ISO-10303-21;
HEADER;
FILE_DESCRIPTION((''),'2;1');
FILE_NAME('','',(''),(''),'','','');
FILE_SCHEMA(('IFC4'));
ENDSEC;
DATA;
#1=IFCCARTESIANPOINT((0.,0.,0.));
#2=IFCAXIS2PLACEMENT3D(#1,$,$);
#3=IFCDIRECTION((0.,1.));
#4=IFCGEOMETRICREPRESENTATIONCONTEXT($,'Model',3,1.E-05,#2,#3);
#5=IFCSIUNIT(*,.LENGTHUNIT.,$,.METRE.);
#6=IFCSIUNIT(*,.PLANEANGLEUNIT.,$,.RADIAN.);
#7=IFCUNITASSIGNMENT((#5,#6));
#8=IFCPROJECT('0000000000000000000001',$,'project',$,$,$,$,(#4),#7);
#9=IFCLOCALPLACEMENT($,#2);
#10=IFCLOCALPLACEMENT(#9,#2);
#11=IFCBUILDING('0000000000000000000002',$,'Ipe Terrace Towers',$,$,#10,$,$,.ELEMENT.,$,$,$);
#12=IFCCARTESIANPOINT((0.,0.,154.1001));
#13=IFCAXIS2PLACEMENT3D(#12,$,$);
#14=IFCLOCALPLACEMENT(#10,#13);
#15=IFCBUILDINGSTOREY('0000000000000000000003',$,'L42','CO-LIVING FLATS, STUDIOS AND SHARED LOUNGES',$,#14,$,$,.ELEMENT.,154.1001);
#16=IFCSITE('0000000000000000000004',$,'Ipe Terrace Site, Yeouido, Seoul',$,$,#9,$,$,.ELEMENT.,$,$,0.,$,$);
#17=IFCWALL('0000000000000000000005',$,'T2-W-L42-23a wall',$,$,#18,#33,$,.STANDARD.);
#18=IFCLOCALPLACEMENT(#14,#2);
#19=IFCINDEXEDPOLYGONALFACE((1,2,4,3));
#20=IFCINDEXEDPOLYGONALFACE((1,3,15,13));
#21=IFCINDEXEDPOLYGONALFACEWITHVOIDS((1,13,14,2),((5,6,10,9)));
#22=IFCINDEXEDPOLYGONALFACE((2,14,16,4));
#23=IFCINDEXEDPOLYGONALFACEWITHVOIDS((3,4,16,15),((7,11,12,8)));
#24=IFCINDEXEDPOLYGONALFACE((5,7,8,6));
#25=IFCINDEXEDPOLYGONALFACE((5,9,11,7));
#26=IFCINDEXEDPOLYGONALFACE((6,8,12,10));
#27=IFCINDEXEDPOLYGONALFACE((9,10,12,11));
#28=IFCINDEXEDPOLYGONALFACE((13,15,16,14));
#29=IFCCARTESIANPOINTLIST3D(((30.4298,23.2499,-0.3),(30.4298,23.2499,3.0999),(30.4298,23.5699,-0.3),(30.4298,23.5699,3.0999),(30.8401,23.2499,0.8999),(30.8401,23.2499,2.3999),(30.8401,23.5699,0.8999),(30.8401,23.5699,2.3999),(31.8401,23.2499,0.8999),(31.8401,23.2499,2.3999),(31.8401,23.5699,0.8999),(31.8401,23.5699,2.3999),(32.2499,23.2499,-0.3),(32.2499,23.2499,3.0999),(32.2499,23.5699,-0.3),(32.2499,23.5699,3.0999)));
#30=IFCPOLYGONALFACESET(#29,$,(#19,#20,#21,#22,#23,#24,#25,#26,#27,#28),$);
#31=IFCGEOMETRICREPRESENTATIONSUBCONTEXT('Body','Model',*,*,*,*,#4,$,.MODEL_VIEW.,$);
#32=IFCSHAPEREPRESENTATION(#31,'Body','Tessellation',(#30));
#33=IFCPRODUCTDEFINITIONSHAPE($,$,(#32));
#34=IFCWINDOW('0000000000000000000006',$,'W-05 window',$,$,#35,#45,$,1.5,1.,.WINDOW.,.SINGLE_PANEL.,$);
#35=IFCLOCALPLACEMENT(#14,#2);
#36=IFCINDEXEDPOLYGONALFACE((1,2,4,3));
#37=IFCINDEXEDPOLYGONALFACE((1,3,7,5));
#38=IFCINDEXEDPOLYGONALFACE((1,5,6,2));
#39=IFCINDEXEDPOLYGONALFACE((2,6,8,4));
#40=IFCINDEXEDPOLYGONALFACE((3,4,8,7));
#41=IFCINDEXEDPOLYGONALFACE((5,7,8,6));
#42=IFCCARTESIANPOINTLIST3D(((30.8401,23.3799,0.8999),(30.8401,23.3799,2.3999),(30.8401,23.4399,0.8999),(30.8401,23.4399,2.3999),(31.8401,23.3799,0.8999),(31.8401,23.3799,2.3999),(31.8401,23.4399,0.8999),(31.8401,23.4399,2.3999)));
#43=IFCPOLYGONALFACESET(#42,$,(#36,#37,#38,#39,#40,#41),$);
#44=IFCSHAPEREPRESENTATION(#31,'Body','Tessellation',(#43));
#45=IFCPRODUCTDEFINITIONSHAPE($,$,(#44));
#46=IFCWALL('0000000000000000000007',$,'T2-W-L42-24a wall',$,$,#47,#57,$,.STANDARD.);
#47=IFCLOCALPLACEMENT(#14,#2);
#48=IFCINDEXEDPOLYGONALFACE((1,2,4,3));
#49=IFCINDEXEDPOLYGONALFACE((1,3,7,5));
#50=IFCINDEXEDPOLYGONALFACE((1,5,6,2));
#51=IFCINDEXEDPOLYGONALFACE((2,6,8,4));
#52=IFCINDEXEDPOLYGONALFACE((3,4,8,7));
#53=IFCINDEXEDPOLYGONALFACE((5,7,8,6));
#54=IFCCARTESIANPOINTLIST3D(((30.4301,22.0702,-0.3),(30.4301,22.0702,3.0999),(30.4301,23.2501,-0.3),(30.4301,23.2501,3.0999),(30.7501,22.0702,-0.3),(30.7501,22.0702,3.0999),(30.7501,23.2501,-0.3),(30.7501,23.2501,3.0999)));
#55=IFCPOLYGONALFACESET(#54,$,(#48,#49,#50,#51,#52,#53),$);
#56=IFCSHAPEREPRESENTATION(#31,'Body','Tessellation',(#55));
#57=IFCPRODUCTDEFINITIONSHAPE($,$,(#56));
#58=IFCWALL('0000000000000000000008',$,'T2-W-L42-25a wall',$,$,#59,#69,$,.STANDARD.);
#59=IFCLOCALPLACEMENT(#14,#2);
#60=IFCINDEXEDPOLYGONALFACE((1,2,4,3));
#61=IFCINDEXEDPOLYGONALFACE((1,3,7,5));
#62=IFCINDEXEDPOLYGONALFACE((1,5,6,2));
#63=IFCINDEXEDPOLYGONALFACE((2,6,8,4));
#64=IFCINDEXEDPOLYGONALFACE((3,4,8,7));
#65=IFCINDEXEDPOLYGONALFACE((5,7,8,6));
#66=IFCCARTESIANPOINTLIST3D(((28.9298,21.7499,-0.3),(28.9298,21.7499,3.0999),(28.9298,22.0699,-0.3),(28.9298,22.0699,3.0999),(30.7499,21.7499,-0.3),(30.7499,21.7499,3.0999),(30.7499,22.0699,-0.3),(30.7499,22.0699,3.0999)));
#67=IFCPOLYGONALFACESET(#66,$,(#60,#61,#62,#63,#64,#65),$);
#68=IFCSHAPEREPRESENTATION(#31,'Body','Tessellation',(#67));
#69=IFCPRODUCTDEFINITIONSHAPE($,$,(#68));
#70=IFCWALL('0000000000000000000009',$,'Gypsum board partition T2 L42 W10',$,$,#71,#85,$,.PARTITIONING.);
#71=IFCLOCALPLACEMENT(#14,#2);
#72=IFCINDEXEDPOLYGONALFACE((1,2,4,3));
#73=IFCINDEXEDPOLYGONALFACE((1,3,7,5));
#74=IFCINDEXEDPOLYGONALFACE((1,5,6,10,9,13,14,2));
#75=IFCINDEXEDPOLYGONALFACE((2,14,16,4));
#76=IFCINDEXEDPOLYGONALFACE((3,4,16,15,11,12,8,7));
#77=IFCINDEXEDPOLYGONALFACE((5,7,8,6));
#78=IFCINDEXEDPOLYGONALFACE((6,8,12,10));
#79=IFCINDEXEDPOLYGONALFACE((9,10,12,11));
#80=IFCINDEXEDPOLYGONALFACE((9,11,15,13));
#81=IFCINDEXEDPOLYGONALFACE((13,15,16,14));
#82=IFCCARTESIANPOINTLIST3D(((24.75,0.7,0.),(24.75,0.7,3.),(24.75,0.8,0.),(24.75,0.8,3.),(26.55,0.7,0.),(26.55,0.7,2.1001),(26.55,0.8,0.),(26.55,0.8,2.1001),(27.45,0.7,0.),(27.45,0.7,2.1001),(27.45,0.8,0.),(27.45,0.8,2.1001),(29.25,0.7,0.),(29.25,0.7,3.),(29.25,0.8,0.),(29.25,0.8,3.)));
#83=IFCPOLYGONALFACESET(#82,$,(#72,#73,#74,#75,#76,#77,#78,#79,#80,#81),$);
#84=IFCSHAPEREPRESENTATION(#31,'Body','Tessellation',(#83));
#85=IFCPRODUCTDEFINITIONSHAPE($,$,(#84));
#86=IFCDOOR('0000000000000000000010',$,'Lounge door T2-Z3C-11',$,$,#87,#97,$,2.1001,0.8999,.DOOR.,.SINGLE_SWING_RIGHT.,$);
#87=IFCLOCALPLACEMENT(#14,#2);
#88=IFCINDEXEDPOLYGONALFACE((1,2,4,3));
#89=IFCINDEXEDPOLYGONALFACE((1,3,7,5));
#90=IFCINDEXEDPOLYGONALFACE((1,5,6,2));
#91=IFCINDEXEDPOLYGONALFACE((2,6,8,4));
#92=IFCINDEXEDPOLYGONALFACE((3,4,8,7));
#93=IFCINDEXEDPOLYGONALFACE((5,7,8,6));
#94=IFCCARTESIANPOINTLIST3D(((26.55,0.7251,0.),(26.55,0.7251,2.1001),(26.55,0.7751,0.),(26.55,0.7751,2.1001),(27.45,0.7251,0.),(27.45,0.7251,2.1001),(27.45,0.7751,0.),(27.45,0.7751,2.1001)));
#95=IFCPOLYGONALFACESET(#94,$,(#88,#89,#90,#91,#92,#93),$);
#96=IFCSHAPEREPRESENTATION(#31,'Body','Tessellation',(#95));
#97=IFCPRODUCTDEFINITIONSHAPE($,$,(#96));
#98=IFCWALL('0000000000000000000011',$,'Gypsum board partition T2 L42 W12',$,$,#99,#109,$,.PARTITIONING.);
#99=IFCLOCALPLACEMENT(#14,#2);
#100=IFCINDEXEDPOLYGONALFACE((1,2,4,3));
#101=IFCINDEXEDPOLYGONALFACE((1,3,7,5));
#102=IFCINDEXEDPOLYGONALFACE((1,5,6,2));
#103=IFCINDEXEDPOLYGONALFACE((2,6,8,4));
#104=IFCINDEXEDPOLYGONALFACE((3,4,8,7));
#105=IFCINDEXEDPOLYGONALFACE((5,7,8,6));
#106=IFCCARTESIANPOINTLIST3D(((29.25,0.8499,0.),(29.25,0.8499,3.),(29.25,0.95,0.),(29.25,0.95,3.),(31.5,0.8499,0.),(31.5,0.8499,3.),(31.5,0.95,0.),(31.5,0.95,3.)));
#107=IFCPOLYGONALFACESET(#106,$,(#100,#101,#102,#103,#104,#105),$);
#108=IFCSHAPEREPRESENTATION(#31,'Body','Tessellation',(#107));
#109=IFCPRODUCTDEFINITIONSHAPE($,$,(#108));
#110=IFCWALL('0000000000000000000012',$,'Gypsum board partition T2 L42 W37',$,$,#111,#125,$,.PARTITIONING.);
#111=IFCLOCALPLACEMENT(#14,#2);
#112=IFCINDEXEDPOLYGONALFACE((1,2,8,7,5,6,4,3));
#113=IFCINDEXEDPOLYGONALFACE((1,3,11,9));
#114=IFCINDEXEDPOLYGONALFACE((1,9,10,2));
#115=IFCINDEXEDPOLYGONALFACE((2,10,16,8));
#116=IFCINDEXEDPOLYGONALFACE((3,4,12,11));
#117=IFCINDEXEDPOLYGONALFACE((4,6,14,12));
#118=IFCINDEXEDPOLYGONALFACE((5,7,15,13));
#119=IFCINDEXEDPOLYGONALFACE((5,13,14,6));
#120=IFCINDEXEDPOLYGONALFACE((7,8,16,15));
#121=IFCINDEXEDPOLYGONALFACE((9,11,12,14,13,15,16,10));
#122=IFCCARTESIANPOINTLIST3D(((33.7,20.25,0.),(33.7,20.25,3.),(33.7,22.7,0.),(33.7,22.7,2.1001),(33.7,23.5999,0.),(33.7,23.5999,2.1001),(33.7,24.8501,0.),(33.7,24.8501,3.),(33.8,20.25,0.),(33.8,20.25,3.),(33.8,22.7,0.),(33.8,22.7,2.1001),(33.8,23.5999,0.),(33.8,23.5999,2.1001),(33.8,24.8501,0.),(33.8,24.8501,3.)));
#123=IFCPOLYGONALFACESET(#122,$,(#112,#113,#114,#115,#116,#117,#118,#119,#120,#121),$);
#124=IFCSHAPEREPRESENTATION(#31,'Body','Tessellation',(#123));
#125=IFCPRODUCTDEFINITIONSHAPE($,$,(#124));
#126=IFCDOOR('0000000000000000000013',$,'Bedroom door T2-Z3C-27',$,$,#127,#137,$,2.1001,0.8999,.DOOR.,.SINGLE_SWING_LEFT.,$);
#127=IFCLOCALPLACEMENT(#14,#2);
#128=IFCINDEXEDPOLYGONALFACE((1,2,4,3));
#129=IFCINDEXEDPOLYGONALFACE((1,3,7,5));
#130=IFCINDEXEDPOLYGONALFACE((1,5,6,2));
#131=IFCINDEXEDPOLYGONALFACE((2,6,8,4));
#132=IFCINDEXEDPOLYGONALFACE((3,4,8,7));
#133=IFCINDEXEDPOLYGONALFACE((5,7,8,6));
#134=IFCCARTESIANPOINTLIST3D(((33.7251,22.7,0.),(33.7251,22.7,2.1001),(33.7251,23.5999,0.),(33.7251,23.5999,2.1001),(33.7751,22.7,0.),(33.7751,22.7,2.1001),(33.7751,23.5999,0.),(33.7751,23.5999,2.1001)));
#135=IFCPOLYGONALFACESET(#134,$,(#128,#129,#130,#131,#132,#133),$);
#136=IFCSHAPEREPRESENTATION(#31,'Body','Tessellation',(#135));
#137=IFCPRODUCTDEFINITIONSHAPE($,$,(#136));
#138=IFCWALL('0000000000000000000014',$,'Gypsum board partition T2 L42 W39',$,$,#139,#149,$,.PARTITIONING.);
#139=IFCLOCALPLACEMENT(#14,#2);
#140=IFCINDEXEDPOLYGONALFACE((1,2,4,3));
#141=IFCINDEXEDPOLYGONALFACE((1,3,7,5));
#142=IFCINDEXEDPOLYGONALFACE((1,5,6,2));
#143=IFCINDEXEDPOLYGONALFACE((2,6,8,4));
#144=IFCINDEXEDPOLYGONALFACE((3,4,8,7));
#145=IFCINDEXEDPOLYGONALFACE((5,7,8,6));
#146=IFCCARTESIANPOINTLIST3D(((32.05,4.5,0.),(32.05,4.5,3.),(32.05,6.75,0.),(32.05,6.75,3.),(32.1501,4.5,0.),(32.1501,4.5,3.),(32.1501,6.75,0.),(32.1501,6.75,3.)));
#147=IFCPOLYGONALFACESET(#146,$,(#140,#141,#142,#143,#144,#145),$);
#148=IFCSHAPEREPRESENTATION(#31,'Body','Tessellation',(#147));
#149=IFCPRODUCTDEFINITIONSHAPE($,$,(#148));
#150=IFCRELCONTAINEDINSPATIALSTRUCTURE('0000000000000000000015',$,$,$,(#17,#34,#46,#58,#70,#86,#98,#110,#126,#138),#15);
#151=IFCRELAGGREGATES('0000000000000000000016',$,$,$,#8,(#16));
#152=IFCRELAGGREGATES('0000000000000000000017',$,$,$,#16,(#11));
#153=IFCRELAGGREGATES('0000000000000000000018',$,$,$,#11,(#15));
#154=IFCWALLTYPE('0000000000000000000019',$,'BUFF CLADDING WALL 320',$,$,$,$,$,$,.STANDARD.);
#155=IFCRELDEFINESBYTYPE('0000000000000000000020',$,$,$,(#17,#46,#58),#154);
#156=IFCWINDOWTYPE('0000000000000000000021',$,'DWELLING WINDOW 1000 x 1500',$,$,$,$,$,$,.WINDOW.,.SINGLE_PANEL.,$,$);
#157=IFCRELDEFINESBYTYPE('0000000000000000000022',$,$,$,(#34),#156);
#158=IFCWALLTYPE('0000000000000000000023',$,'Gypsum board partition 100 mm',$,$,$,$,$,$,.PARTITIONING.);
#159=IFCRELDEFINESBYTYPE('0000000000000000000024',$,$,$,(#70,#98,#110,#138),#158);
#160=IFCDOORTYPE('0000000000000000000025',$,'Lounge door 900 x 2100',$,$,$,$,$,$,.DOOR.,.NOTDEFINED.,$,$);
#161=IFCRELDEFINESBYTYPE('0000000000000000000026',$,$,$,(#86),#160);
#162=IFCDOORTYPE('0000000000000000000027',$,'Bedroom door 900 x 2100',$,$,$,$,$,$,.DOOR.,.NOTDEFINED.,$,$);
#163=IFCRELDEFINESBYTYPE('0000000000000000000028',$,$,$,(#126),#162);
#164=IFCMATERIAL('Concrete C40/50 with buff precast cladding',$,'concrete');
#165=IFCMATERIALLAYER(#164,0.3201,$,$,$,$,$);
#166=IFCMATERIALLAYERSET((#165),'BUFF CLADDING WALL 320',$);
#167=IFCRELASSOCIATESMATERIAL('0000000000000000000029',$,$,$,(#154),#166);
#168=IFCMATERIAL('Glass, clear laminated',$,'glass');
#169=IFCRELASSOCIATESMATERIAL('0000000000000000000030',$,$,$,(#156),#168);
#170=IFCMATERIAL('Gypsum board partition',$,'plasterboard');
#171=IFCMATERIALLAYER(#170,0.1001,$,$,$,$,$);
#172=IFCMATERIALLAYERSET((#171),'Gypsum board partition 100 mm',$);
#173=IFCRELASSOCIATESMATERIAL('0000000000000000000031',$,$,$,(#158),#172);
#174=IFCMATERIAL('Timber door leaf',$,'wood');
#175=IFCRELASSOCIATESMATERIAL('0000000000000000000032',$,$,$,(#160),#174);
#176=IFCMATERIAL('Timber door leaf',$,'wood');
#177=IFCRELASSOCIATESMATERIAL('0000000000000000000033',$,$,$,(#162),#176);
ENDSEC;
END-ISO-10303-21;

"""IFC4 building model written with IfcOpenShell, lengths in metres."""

from ifc_helpers import new_model, si_unit, direction, frame, frame_2d, origin, place, context, subcontext, project, spatial, rectangle, extrude, material, layer, layer_set, type_object, element, fill, save


model = new_model("IFC4")

# Units and contexts
model_context = context("Model", 3, precision=1e-05, world=origin(), true_north=direction((0.0, 1.0)))
body_context = subcontext(model_context, "Body", "Model", "MODEL_VIEW")
ifc_project = project(units=[si_unit("LENGTHUNIT", "METRE"), si_unit("PLANEANGLEUNIT", "RADIAN")], contexts=[model_context])

# Site, building, storey
site_placement = place(None, origin())
site = spatial("IfcSite", under=ifc_project, at=site_placement, Name="Ipe Terrace Site, Yeouido, Seoul", CompositionType="ELEMENT", RefElevation=0.0)
building_placement = place(site_placement, origin())
building = spatial("IfcBuilding", under=site, at=building_placement, Name="Ipe Terrace Towers", CompositionType="ELEMENT")
storey_placement = place(building_placement, frame((0.0, 0.0, 154.1001)))
storey = spatial("IfcBuildingStorey", under=building, at=storey_placement, Name="L42", Description="CO-LIVING FLATS, STUDIOS AND SHARED LOUNGES", CompositionType="ELEMENT", Elevation=154.1001)

# Shared definitions
ifc_material_1 = material(Name="Concrete C40/50 with buff precast cladding", Category="concrete")
ifc_layer_1 = layer(ifc_material_1, 0.3201)
ifc_layer_set_1 = layer_set([ifc_layer_1], Name="BUFF CLADDING WALL 320")
wall_type_1 = type_object("IfcWallType", Name="BUFF CLADDING WALL 320", PredefinedType="STANDARD", material=ifc_layer_set_1)

# Wall, opening, window
wall_1_placement = place(storey_placement, frame((32.25, 23.4099, -0.3), z_axis=(0.0, 0.0, 1.0), x_axis=(-1.0, 0.0, 0.0)))
wall_1 = element("IfcWall", 1, at=wall_1_placement, inside=storey, type_object=wall_type_1, Name="T2-W-L42-23a wall", PredefinedType="STANDARD", context=body_context, shape_type="SweptSolid", body=[
    extrude(rectangle(XDim=1.8201, YDim=0.3201, at=frame_2d((0.9102, 0.0))), origin(), (0.0, 0.0, 1.0), 3.3999),
])
opening_1_placement = place(wall_1_placement, frame((0.4099, 0.0, 1.2)))
opening_1 = element("IfcOpeningElement", 2, at=opening_1_placement, cuts=wall_1, PredefinedType="OPENING", context=body_context, shape_type="SweptSolid", body=[
    extrude(rectangle(XDim=1.0, YDim=1.5, at=frame_2d((0.5, 0.75))), frame((0.0, 0.1699, 0.0), z_axis=(0.0, -1.0, 0.0), x_axis=(1.0, 0.0, 0.0)), (0.0, 0.0, 1.0), 0.3401),
])
ifc_material_2 = material(Name="Glass, clear laminated", Category="glass")
window_type = type_object("IfcWindowType", Name="DWELLING WINDOW 1000 x 1500", PartitioningType="SINGLE_PANEL", PredefinedType="WINDOW", material=ifc_material_2)
window_placement = place(opening_1_placement, origin())
window = element("IfcWindow", 3, at=window_placement, inside=storey, type_object=window_type, Name="W-05 window", OverallHeight=1.5, OverallWidth=1.0, PartitioningType="SINGLE_PANEL", PredefinedType="WINDOW", context=body_context, shape_type="SweptSolid", body=[
    extrude(rectangle(XDim=1.0, YDim=1.5, at=frame_2d((0.5, 0.75))), frame((0.0, 0.03, 0.0), z_axis=(0.0, -1.0, 0.0), x_axis=(1.0, 0.0, 0.0)), (0.0, 0.0, 1.0), 0.0601),
])
fill(opening_1, window)

# Walls
wall_2_placement = place(storey_placement, frame((30.5901, 23.25, -0.3), z_axis=(0.0, 0.0, 1.0), x_axis=(0.0, -1.0, 0.0)))
element("IfcWall", 4, at=wall_2_placement, inside=storey, type_object=wall_type_1, Name="T2-W-L42-24a wall", PredefinedType="STANDARD", context=body_context, shape_type="SweptSolid", body=[
    extrude(rectangle(XDim=1.1799, YDim=0.3201, at=frame_2d((0.5898, 0.0))), origin(), (0.0, 0.0, 1.0), 3.3999),
])
wall_3_placement = place(storey_placement, frame((30.75, 21.9099, -0.3), z_axis=(0.0, 0.0, 1.0), x_axis=(-1.0, 0.0, 0.0)))
element("IfcWall", 5, at=wall_3_placement, inside=storey, type_object=wall_type_1, Name="T2-W-L42-25a wall", PredefinedType="STANDARD", context=body_context, shape_type="SweptSolid", body=[
    extrude(rectangle(XDim=1.8201, YDim=0.3201, at=frame_2d((0.9102, 0.0))), origin(), (0.0, 0.0, 1.0), 3.3999),
])

# Wall, opening, door
ifc_material_3 = material(Name="Gypsum board partition", Category="plasterboard")
ifc_layer_2 = layer(ifc_material_3, 0.1001)
ifc_layer_set_2 = layer_set([ifc_layer_2], Name="Gypsum board partition 100 mm")
wall_type_2 = type_object("IfcWallType", Name="Gypsum board partition 100 mm", PredefinedType="PARTITIONING", material=ifc_layer_set_2)
wall_4_placement = place(storey_placement, frame((29.25, 0.75, 0.0), z_axis=(0.0, 0.0, 1.0), x_axis=(-1.0, 0.0, 0.0)))
wall_4 = element("IfcWall", 6, at=wall_4_placement, inside=storey, type_object=wall_type_2, Name="Gypsum board partition T2 L42 W10", PredefinedType="PARTITIONING", context=body_context, shape_type="SweptSolid", body=[
    extrude(rectangle(XDim=4.5, YDim=0.1001, at=frame_2d((2.25, 0.0))), origin(), (0.0, 0.0, 1.0), 3.0),
])
opening_2_placement = place(wall_4_placement, frame((1.8, 0.0, 0.0)))
opening_2 = element("IfcOpeningElement", 7, at=opening_2_placement, cuts=wall_4, PredefinedType="OPENING", context=body_context, shape_type="SweptSolid", body=[
    extrude(rectangle(XDim=0.8999, YDim=2.1001, at=frame_2d((0.45, 1.05))), frame((0.0, 0.0601, 0.0), z_axis=(0.0, -1.0, 0.0), x_axis=(1.0, 0.0, 0.0)), (0.0, 0.0, 1.0), 0.1201),
])
ifc_material_4 = material(Name="Timber door leaf", Category="wood")
door_type_1 = type_object("IfcDoorType", Name="Lounge door 900 x 2100", OperationType="NOTDEFINED", PredefinedType="DOOR", material=ifc_material_4)
door_1_placement = place(opening_2_placement, origin())
door_1 = element("IfcDoor", 8, at=door_1_placement, inside=storey, type_object=door_type_1, Name="Lounge door T2-Z3C-11", OperationType="SINGLE_SWING_RIGHT", OverallHeight=2.1001, OverallWidth=0.8999, PredefinedType="DOOR", context=body_context, shape_type="SweptSolid", body=[
    extrude(rectangle(XDim=0.8999, YDim=2.1001, at=frame_2d((0.45, 1.05))), frame((0.0, 0.0249, 0.0), z_axis=(0.0, -1.0, 0.0), x_axis=(1.0, 0.0, 0.0)), (0.0, 0.0, 1.0), 0.05),
])
fill(opening_2, door_1)

# Wall
wall_5_placement = place(storey_placement, frame((31.5, 0.8999, 0.0), z_axis=(0.0, 0.0, 1.0), x_axis=(-1.0, 0.0, 0.0)))
element("IfcWall", 9, at=wall_5_placement, inside=storey, type_object=wall_type_2, Name="Gypsum board partition T2 L42 W12", PredefinedType="PARTITIONING", context=body_context, shape_type="SweptSolid", body=[
    extrude(rectangle(XDim=2.25, YDim=0.1001, at=frame_2d((1.125, 0.0))), origin(), (0.0, 0.0, 1.0), 3.0),
])

# Wall, opening, door
wall_6_placement = place(storey_placement, frame((33.75, 20.25, 0.0), z_axis=(0.0, 0.0, 1.0), x_axis=(0.0, 1.0, 0.0)))
wall_6 = element("IfcWall", 10, at=wall_6_placement, inside=storey, type_object=wall_type_2, Name="Gypsum board partition T2 L42 W37", PredefinedType="PARTITIONING", context=body_context, shape_type="SweptSolid", body=[
    extrude(rectangle(XDim=4.6001, YDim=0.1001, at=frame_2d((2.3, 0.0))), origin(), (0.0, 0.0, 1.0), 3.0),
])
opening_3_placement = place(wall_6_placement, frame((2.45, 0.0, 0.0)))
opening_3 = element("IfcOpeningElement", 11, at=opening_3_placement, cuts=wall_6, PredefinedType="OPENING", context=body_context, shape_type="SweptSolid", body=[
    extrude(rectangle(XDim=0.8999, YDim=2.1001, at=frame_2d((0.45, 1.05))), frame((0.0, 0.0601, 0.0), z_axis=(0.0, -1.0, 0.0), x_axis=(1.0, 0.0, 0.0)), (0.0, 0.0, 1.0), 0.1201),
])
ifc_material_5 = material(Name="Timber door leaf", Category="wood")
door_type_2 = type_object("IfcDoorType", Name="Bedroom door 900 x 2100", OperationType="NOTDEFINED", PredefinedType="DOOR", material=ifc_material_5)
door_2_placement = place(opening_3_placement, origin())
door_2 = element("IfcDoor", 12, at=door_2_placement, inside=storey, type_object=door_type_2, Name="Bedroom door T2-Z3C-27", OperationType="SINGLE_SWING_LEFT", OverallHeight=2.1001, OverallWidth=0.8999, PredefinedType="DOOR", context=body_context, shape_type="SweptSolid", body=[
    extrude(rectangle(XDim=0.8999, YDim=2.1001, at=frame_2d((0.45, 1.05))), frame((0.0, 0.0249, 0.0), z_axis=(0.0, -1.0, 0.0), x_axis=(1.0, 0.0, 0.0)), (0.0, 0.0, 1.0), 0.05),
])
fill(opening_3, door_2)

# Wall
wall_7_placement = place(storey_placement, frame((32.1001, 4.5, 0.0), z_axis=(0.0, 0.0, 1.0), x_axis=(0.0, 1.0, 0.0)))
element("IfcWall", 13, at=wall_7_placement, inside=storey, type_object=wall_type_2, Name="Gypsum board partition T2 L42 W39", PredefinedType="PARTITIONING", context=body_context, shape_type="SweptSolid", body=[
    extrude(rectangle(XDim=2.25, YDim=0.1001, at=frame_2d((1.125, 0.0))), origin(), (0.0, 0.0, 1.0), 3.0),
])

save(model, "model.ifc")
